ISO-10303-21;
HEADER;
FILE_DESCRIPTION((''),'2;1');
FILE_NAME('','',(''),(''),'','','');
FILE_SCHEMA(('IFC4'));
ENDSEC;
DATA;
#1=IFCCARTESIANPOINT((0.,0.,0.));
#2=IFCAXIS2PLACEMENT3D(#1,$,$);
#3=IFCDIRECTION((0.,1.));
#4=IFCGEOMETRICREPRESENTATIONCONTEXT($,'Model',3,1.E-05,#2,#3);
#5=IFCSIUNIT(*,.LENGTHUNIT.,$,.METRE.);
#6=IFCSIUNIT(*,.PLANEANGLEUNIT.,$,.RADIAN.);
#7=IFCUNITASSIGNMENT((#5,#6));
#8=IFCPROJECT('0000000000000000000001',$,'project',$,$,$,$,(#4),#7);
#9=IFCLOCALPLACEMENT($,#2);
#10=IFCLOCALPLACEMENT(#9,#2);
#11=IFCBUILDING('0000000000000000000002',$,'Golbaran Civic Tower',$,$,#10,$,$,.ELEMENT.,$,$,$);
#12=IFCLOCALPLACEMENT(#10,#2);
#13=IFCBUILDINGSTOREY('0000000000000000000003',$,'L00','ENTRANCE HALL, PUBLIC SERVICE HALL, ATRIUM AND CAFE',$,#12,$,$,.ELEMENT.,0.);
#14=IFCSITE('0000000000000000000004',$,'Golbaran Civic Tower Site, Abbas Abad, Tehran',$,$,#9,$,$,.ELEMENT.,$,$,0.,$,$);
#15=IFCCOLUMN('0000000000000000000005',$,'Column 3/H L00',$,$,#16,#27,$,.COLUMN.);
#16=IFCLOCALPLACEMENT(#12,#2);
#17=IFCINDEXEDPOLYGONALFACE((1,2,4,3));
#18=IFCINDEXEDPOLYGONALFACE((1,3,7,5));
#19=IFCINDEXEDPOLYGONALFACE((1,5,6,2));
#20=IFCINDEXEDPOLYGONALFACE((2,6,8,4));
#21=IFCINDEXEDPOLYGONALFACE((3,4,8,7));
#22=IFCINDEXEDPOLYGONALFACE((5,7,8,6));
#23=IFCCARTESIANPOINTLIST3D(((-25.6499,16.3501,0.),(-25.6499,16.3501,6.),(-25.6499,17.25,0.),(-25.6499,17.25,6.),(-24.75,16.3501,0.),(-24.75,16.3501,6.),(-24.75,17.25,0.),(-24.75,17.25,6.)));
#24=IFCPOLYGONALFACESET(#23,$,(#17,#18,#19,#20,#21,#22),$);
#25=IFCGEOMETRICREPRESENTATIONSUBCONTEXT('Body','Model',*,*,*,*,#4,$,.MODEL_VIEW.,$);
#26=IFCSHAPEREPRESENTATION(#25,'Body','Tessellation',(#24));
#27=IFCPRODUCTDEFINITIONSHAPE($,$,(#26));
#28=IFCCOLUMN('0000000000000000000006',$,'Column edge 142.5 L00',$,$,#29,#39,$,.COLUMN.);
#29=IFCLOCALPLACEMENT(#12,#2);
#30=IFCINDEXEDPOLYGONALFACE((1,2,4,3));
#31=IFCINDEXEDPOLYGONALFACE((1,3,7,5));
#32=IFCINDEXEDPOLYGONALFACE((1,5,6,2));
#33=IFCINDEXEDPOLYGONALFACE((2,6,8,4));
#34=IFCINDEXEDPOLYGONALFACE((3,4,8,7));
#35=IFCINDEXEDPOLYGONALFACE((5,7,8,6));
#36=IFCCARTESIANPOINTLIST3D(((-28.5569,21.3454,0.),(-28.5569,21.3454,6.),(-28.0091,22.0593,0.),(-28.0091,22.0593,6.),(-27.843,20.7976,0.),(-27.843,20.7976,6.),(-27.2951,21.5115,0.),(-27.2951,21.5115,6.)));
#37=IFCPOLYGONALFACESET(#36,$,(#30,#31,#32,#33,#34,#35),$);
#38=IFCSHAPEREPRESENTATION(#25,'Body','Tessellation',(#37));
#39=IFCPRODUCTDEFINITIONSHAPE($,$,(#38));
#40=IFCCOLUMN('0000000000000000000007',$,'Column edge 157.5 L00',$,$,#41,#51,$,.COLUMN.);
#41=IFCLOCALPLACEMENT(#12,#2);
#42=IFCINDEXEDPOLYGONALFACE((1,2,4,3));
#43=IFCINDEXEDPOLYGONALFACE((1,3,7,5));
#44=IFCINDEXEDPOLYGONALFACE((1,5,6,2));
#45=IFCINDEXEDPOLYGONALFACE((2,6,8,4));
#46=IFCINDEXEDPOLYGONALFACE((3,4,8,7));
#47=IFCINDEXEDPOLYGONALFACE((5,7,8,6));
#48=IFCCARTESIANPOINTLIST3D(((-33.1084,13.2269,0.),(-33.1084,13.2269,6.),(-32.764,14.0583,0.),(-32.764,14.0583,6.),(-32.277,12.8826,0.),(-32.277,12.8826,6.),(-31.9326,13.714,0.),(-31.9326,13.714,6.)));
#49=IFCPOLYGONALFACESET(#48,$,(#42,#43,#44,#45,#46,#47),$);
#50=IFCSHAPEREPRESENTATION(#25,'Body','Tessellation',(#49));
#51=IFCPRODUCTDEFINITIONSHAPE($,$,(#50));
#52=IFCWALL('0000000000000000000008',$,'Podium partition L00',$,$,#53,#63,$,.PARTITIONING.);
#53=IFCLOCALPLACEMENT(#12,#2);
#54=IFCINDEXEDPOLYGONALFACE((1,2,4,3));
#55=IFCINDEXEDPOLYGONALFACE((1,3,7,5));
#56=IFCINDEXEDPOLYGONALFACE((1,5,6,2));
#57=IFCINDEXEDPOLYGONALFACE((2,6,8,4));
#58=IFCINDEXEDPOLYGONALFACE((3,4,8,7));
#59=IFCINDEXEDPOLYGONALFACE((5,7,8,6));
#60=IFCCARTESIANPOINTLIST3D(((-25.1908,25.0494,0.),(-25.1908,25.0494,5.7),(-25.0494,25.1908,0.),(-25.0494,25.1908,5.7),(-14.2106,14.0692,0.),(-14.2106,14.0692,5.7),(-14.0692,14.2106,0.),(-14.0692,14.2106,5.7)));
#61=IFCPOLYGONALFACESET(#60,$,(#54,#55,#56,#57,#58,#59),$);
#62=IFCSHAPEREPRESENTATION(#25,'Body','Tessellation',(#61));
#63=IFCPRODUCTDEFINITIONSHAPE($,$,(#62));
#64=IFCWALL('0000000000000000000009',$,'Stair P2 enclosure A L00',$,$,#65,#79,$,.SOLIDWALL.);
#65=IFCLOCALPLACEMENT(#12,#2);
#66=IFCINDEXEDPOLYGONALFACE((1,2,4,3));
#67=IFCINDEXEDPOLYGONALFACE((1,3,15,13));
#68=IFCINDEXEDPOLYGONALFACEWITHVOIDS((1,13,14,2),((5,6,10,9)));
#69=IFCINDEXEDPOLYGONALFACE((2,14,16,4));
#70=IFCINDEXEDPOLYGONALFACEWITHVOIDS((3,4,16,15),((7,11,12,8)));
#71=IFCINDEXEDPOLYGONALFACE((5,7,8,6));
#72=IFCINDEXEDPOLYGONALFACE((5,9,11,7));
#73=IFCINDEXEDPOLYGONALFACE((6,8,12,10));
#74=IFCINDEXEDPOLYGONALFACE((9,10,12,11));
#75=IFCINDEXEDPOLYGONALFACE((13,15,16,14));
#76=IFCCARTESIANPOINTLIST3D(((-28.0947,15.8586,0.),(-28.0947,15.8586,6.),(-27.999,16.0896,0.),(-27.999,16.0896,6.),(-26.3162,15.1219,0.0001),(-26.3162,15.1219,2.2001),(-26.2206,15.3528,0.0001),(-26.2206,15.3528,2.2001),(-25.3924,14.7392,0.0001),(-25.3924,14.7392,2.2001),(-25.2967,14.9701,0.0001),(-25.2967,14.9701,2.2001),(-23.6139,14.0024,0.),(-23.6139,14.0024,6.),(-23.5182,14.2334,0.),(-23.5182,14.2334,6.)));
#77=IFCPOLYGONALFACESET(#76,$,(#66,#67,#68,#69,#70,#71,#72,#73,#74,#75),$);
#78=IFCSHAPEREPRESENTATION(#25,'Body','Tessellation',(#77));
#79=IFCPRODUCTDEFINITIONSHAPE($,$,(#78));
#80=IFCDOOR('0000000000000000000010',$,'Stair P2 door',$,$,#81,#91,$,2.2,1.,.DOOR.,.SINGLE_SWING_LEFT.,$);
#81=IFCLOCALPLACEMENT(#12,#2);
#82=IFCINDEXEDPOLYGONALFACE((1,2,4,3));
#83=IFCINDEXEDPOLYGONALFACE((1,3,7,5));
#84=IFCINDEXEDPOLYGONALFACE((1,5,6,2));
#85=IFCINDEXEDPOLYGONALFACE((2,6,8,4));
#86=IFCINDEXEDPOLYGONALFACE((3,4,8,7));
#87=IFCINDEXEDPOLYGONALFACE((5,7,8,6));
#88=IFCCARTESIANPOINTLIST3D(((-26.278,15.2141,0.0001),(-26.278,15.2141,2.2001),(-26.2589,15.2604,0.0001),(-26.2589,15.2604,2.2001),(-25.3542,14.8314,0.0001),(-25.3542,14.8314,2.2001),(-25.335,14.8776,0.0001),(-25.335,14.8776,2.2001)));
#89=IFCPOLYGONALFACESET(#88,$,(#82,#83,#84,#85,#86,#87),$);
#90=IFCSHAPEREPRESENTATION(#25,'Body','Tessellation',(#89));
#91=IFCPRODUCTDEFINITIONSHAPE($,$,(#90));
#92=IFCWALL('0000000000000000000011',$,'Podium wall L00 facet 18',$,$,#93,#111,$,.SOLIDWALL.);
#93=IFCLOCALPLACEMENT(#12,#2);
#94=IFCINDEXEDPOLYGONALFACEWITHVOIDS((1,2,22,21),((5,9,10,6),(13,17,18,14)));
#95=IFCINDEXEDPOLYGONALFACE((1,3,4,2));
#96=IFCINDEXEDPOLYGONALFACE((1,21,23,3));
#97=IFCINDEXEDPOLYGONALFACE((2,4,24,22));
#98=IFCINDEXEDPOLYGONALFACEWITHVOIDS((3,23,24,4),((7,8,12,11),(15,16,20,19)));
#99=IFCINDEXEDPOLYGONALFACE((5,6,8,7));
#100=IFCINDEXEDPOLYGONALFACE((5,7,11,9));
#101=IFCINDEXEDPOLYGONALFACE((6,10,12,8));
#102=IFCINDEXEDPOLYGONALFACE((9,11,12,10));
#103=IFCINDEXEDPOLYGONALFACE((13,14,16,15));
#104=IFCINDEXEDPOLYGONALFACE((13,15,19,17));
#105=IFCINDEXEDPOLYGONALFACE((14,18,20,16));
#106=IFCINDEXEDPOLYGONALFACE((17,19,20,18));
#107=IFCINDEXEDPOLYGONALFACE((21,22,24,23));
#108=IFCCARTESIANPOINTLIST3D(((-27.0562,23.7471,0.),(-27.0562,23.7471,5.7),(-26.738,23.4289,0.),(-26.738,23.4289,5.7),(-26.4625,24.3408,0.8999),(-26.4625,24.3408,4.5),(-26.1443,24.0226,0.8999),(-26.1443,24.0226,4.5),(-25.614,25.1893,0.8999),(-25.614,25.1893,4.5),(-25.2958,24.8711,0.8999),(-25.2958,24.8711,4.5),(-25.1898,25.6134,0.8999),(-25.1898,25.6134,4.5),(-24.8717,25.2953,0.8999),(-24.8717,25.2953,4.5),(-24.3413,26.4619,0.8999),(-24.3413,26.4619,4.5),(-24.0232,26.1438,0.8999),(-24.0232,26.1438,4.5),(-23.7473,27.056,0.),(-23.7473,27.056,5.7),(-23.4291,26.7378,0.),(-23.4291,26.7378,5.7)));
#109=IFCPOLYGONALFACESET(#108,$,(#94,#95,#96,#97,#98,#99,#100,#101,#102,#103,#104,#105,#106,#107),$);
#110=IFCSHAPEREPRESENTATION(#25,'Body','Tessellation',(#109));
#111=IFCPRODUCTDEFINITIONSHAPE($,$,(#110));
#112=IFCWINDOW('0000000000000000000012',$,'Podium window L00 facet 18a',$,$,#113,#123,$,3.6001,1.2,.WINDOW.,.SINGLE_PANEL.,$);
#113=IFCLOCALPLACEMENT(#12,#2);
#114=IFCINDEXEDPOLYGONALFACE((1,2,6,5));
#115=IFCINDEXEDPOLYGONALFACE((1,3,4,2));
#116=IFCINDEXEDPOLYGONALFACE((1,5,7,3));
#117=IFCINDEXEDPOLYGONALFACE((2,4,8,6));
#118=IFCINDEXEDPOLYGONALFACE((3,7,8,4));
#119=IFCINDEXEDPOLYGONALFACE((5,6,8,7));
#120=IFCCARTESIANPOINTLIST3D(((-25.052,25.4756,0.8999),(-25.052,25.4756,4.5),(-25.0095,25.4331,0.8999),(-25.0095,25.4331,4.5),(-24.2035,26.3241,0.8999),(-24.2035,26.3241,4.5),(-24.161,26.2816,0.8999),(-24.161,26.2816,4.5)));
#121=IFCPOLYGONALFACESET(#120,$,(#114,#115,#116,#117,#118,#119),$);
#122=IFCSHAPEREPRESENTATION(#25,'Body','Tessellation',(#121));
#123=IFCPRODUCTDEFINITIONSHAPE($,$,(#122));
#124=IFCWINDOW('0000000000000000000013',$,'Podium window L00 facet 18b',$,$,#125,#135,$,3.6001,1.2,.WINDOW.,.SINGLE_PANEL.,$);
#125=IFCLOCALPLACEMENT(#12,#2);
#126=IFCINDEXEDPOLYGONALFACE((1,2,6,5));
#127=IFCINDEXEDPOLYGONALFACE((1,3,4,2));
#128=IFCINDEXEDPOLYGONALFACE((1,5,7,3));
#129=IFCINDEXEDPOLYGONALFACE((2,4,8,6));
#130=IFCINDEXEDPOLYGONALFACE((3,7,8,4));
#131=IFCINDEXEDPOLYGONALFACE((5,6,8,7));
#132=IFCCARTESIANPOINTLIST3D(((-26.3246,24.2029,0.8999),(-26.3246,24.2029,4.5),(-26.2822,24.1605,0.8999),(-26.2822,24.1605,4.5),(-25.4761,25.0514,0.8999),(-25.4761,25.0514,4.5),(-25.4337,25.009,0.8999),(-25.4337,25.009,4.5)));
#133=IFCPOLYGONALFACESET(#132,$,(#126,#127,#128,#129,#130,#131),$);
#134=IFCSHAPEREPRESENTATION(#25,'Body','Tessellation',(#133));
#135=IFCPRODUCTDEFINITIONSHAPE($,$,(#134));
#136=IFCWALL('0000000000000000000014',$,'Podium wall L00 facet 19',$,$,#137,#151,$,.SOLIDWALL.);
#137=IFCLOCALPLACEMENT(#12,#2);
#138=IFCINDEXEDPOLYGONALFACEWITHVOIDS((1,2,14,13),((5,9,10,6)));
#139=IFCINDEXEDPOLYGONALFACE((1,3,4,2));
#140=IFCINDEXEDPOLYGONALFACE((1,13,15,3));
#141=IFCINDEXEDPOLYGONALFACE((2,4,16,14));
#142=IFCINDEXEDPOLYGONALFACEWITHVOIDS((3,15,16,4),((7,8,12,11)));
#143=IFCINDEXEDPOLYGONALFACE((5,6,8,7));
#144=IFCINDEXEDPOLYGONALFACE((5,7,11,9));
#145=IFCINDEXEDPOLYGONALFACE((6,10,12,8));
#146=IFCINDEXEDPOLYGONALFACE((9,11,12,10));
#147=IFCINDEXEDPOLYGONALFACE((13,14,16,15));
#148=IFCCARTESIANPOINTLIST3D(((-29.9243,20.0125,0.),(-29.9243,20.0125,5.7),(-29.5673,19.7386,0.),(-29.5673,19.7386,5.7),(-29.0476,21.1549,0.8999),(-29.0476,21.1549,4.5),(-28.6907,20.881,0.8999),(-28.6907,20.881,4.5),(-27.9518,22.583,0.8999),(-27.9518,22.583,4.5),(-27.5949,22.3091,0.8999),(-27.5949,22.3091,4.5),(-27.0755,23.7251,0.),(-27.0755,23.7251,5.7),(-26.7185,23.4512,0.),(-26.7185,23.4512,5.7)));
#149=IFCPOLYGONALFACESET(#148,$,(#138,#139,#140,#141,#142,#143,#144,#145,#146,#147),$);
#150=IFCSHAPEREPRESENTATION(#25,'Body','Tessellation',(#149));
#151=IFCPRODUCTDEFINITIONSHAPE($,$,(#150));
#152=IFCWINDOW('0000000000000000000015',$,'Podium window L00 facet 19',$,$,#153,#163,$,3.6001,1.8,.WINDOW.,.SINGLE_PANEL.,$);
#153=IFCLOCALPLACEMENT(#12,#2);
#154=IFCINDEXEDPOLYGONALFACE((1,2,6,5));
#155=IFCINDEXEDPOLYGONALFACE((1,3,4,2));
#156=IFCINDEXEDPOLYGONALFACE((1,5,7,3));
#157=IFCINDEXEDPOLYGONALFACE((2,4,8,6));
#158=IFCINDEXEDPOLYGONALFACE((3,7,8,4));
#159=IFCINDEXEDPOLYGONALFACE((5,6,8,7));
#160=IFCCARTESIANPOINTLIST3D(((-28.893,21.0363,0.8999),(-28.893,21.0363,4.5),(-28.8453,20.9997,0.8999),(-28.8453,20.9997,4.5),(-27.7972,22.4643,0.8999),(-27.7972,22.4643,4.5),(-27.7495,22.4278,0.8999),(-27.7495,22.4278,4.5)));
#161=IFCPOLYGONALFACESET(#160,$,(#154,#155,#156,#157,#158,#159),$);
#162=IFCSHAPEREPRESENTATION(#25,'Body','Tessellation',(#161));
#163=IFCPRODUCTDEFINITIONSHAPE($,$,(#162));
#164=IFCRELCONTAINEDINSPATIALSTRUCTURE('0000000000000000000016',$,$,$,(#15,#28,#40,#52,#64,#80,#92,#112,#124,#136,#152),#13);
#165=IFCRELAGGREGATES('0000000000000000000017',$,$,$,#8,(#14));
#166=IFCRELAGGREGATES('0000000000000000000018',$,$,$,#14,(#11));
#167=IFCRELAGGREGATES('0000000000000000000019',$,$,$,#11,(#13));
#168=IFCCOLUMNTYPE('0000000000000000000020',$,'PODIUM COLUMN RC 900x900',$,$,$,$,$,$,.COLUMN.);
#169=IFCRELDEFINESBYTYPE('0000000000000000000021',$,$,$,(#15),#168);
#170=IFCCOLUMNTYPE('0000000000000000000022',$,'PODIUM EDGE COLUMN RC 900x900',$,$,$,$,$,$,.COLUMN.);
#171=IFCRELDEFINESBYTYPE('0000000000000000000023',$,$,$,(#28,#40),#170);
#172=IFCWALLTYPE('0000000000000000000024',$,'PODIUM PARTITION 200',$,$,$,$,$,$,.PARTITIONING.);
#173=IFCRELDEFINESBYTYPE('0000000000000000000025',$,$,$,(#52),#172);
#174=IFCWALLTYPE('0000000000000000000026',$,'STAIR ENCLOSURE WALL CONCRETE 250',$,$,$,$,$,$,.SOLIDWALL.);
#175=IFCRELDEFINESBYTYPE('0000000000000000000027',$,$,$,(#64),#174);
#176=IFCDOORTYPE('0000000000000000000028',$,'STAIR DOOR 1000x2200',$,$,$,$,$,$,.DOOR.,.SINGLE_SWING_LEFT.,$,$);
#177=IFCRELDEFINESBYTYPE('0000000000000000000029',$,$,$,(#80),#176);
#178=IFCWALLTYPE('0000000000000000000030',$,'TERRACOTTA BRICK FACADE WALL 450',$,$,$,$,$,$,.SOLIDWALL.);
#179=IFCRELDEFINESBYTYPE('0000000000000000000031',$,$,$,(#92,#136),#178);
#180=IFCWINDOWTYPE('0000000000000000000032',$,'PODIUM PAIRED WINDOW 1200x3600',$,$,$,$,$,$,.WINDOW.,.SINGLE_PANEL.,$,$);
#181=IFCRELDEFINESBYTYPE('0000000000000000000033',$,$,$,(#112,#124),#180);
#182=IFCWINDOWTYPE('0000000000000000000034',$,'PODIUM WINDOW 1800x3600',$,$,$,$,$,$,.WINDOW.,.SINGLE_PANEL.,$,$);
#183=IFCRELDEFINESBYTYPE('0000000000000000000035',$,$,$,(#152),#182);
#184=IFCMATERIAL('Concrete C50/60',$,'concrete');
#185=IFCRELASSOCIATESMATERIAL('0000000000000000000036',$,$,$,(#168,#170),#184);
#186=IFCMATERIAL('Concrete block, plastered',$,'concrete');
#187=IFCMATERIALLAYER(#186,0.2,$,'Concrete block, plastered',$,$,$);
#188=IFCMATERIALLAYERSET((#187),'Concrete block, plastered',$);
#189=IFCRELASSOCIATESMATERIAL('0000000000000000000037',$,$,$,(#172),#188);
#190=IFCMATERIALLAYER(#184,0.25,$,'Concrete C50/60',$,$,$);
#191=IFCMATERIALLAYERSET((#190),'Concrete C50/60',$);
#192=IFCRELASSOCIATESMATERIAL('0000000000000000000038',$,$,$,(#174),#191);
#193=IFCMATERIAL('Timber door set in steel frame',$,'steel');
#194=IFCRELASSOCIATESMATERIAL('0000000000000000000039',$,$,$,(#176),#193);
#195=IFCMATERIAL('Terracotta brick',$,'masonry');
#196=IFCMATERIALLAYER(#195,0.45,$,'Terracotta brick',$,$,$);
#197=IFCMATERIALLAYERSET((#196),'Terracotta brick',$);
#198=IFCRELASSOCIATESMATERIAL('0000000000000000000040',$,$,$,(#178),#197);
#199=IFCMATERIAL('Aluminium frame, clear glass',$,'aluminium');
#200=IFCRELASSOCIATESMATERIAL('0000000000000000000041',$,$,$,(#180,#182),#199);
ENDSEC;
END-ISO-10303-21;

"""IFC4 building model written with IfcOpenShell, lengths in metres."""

from ifc_helpers import new_model, si_unit, direction, frame, frame_2d, origin, origin_2d, place, context, subcontext, project, spatial, rectangle, extrude, material, layer, layer_set, material_profile, profile_set, type_object, element, fill, save


model = new_model("IFC4")

# Units and contexts
model_context = context("Model", 3, precision=1e-05, world=origin(), true_north=direction((0.0, 1.0)))
body_context = subcontext(model_context, "Body", "Model", "MODEL_VIEW")
ifc_project = project(units=[si_unit("LENGTHUNIT", "METRE"), si_unit("PLANEANGLEUNIT", "RADIAN")], contexts=[model_context])

# Site, building, storey
site_placement = place(None, origin())
site = spatial("IfcSite", under=ifc_project, at=site_placement, Name="Golbaran Civic Tower Site, Abbas Abad, Tehran", CompositionType="ELEMENT", RefElevation=0.0)
building_placement = place(site_placement, origin())
building = spatial("IfcBuilding", under=site, at=building_placement, Name="Golbaran Civic Tower", CompositionType="ELEMENT")
storey_placement = place(building_placement, origin())
storey = spatial("IfcBuildingStorey", under=building, at=storey_placement, Name="L00", Description="ENTRANCE HALL, PUBLIC SERVICE HALL, ATRIUM AND CAFE", CompositionType="ELEMENT", Elevation=0.0)

# Columns
ifc_material_1 = material(Name="Concrete C50/60", Category="concrete")
ifc_material_profile_1 = material_profile(ifc_material_1, rectangle(XDim=0.8999, YDim=0.8999, at=origin_2d()), Name="RC 900x900")
ifc_profile_set_1 = profile_set([ifc_material_profile_1], Name="Concrete C50/60")
column_type_1 = type_object("IfcColumnType", Name="PODIUM COLUMN RC 900x900", PredefinedType="COLUMN", material=ifc_profile_set_1)
column_placement = place(storey_placement, frame((-25.2, 16.8, 0.0), z_axis=(0.0, 0.0, 1.0), x_axis=(1.0, 0.0, 0.0)))
element("IfcColumn", 1, at=column_placement, inside=storey, type_object=column_type_1, Name="Column 3/H L00", PredefinedType="COLUMN", context=body_context, shape_type="SweptSolid", body=[
    extrude(rectangle(XDim=0.8999, YDim=0.8999, at=origin_2d()), origin(), (0.0, 0.0, 1.0), 6.0),
])
ifc_material_profile_2 = material_profile(ifc_material_1, rectangle(XDim=0.8999, YDim=0.8999, at=origin_2d()), Name="RC 900x900")
ifc_profile_set_2 = profile_set([ifc_material_profile_2], Name="Concrete C50/60")
column_type_2 = type_object("IfcColumnType", Name="PODIUM EDGE COLUMN RC 900x900", PredefinedType="COLUMN", material=ifc_profile_set_2)
for number, where, z_axis, x_axis, name in (
    (2, (-27.926, 21.4285, 0.0), (0.0, 0.0, 1.0), (-0.793353, 0.608761, 0.0), "Column edge 142.5 L00"),
    (3, (-32.5205, 13.4705, 0.0), (0.0, 0.0, 1.0), (-0.92388, 0.382683, 0.0), "Column edge 157.5 L00"),
):
    element("IfcColumn", number, at=place(storey_placement, frame(where, z_axis=z_axis, x_axis=x_axis)), inside=storey, type_object=column_type_2, Name=name, PredefinedType="COLUMN", context=body_context, shape_type="SweptSolid", body=[
        extrude(rectangle(XDim=0.8999, YDim=0.8999, at=origin_2d()), origin(), (0.0, 0.0, 1.0), 6.0),
    ])

# Wall
ifc_material_2 = material(Name="Concrete block, plastered", Category="concrete")
ifc_layer_1 = layer(ifc_material_2, 0.2, Name="Concrete block, plastered")
ifc_layer_set_1 = layer_set([ifc_layer_1], Name="Concrete block, plastered")
wall_type_1 = type_object("IfcWallType", Name="PODIUM PARTITION 200", PredefinedType="PARTITIONING", material=ifc_layer_set_1)
wall_1_placement = place(storey_placement, frame((-25.1201, 25.1201, 0.0), z_axis=(0.0, 0.0, 1.0), x_axis=(0.707107, -0.707107, 0.0)))
element("IfcWall", 4, at=wall_1_placement, inside=storey, type_object=wall_type_1, Name="Podium partition L00", PredefinedType="PARTITIONING", context=body_context, shape_type="SweptSolid", body=[
    extrude(rectangle(XDim=15.5283, YDim=0.2, at=frame_2d((7.7642, 0.0))), origin(), (0.0, 0.0, 1.0), 5.7),
])

# Wall, opening, door
ifc_layer_2 = layer(ifc_material_1, 0.25, Name="Concrete C50/60")
ifc_layer_set_2 = layer_set([ifc_layer_2], Name="Concrete C50/60")
wall_type_2 = type_object("IfcWallType", Name="STAIR ENCLOSURE WALL CONCRETE 250", PredefinedType="SOLIDWALL", material=ifc_layer_set_2)
wall_2_placement = place(storey_placement, frame((-28.0469, 15.9741, 0.0), z_axis=(0.0, 0.0, 1.0), x_axis=(0.923863, -0.382724, 0.0)))
wall_2 = element("IfcWall", 5, at=wall_2_placement, inside=storey, type_object=wall_type_2, Name="Stair P2 enclosure A L00", PredefinedType="SOLIDWALL", context=body_context, shape_type="SweptSolid", body=[
    extrude(rectangle(XDim=4.8501, YDim=0.25, at=frame_2d((2.425, 0.0))), origin(), (0.0, 0.0, 1.0), 6.0),
])
opening_1_placement = place(wall_2_placement, frame((1.925, 0.0, 0.0)))
opening_1 = element("IfcOpeningElement", 6, at=opening_1_placement, cuts=wall_2, PredefinedType="OPENING", context=body_context, shape_type="SweptSolid", body=[
    extrude(rectangle(XDim=1.0, YDim=2.2, at=frame_2d((0.5, 1.1001))), frame((0.0, 0.135, 0.0), z_axis=(0.0, -1.0, 0.0), x_axis=(1.0, 0.0, 0.0)), (0.0, 0.0, 1.0), 0.27),
])
ifc_material_3 = material(Name="Timber door set in steel frame", Category="steel")
door_type_1 = type_object("IfcDoorType", Name="STAIR DOOR 1000x2200", OperationType="SINGLE_SWING_LEFT", PredefinedType="DOOR", material=ifc_material_3)
door_1_placement = place(opening_1_placement, origin())
door_1 = element("IfcDoor", 7, at=door_1_placement, inside=storey, type_object=door_type_1, Name="Stair P2 door", OperationType="SINGLE_SWING_LEFT", OverallHeight=2.2, OverallWidth=1.0, PredefinedType="DOOR", context=body_context, shape_type="SweptSolid", body=[
    extrude(rectangle(XDim=1.0, YDim=2.2, at=frame_2d((0.5, 1.1001))), frame((0.0, 0.0249, 0.0), z_axis=(0.0, -1.0, 0.0), x_axis=(1.0, 0.0, 0.0)), (0.0, 0.0, 1.0), 0.05),
])
fill(opening_1, door_1)

# Wall, openings, windows
ifc_material_4 = material(Name="Terracotta brick", Category="masonry")
ifc_layer_3 = layer(ifc_material_4, 0.45, Name="Terracotta brick")
ifc_layer_set_3 = layer_set([ifc_layer_3], Name="Terracotta brick")
wall_type_3 = type_object("IfcWallType", Name="TERRACOTTA BRICK FACADE WALL 450", PredefinedType="SOLIDWALL", material=ifc_layer_set_3)
wall_3_placement = place(storey_placement, frame((-23.5881, 26.897, 0.0), z_axis=(0.0, 0.0, 1.0), x_axis=(-0.707107, -0.707107, 0.0)))
wall_3 = element("IfcWall", 8, at=wall_3_placement, inside=storey, type_object=wall_type_3, Name="Podium wall L00 facet 18", PredefinedType="SOLIDWALL", context=body_context, shape_type="SweptSolid", body=[
    extrude(rectangle(XDim=4.6794, YDim=0.45, at=frame_2d((2.3398, 0.0))), origin(), (0.0, 0.0, 1.0), 5.7),
])
opening_2_placement = place(wall_3_placement, frame((0.8401, 0.0, 0.8999)))
opening_2 = element("IfcOpeningElement", 9, at=opening_2_placement, cuts=wall_3, PredefinedType="OPENING", context=body_context, shape_type="SweptSolid", body=[
    extrude(rectangle(XDim=1.2, YDim=3.6001, at=frame_2d((0.6001, 1.8))), frame((0.0, 0.2349, 0.0), z_axis=(0.0, -1.0, 0.0), x_axis=(1.0, 0.0, 0.0)), (0.0, 0.0, 1.0), 0.47),
])
opening_3_placement = place(wall_3_placement, frame((2.6399, 0.0, 0.8999)))
opening_3 = element("IfcOpeningElement", 10, at=opening_3_placement, cuts=wall_3, PredefinedType="OPENING", context=body_context, shape_type="SweptSolid", body=[
    extrude(rectangle(XDim=1.2, YDim=3.6001, at=frame_2d((0.6001, 1.8))), frame((0.0, 0.2349, 0.0), z_axis=(0.0, -1.0, 0.0), x_axis=(1.0, 0.0, 0.0)), (0.0, 0.0, 1.0), 0.47),
])
ifc_material_5 = material(Name="Aluminium frame, clear glass", Category="aluminium")
window_type_1 = type_object("IfcWindowType", Name="PODIUM PAIRED WINDOW 1200x3600", PartitioningType="SINGLE_PANEL", PredefinedType="WINDOW", material=ifc_material_5)
window_1_placement = place(opening_2_placement, origin())
window_1 = element("IfcWindow", 11, at=window_1_placement, inside=storey, type_object=window_type_1, Name="Podium window L00 facet 18a", OverallHeight=3.6001, OverallWidth=1.2, PartitioningType="SINGLE_PANEL", PredefinedType="WINDOW", context=body_context, shape_type="SweptSolid", body=[
    extrude(rectangle(XDim=1.2, YDim=3.6001, at=frame_2d((0.6001, 1.8))), frame((0.0, 0.03, 0.0), z_axis=(0.0, -1.0, 0.0), x_axis=(1.0, 0.0, 0.0)), (0.0, 0.0, 1.0), 0.0601),
])
fill(opening_2, window_1)
window_2_placement = place(opening_3_placement, origin())
window_2 = element("IfcWindow", 12, at=window_2_placement, inside=storey, type_object=window_type_1, Name="Podium window L00 facet 18b", OverallHeight=3.6001, OverallWidth=1.2, PartitioningType="SINGLE_PANEL", PredefinedType="WINDOW", context=body_context, shape_type="SweptSolid", body=[
    extrude(rectangle(XDim=1.2, YDim=3.6001, at=frame_2d((0.6001, 1.8))), frame((0.0, 0.03, 0.0), z_axis=(0.0, -1.0, 0.0), x_axis=(1.0, 0.0, 0.0)), (0.0, 0.0, 1.0), 0.0601),
])
fill(opening_3, window_2)

# Wall, opening, window
wall_4_placement = place(storey_placement, frame((-26.897, 23.5881, 0.0), z_axis=(0.0, 0.0, 1.0), x_axis=(-0.60877, -0.793347, 0.0)))
wall_4 = element("IfcWall", 13, at=wall_4_placement, inside=storey, type_object=wall_type_3, Name="Podium wall L00 facet 19", PredefinedType="SOLIDWALL", context=body_context, shape_type="SweptSolid", body=[
    extrude(rectangle(XDim=4.6797, YDim=0.45, at=frame_2d((2.3398, 0.0))), origin(), (0.0, 0.0, 1.0), 5.7),
])
opening_4_placement = place(wall_4_placement, frame((1.4397, 0.0, 0.8999)))
opening_4 = element("IfcOpeningElement", 14, at=opening_4_placement, cuts=wall_4, PredefinedType="OPENING", context=body_context, shape_type="SweptSolid", body=[
    extrude(rectangle(XDim=1.8, YDim=3.6001, at=frame_2d((0.8999, 1.8))), frame((0.0, 0.2349, 0.0), z_axis=(0.0, -1.0, 0.0), x_axis=(1.0, 0.0, 0.0)), (0.0, 0.0, 1.0), 0.47),
])
window_type_2 = type_object("IfcWindowType", Name="PODIUM WINDOW 1800x3600", PartitioningType="SINGLE_PANEL", PredefinedType="WINDOW", material=ifc_material_5)
window_3_placement = place(opening_4_placement, origin())
window_3 = element("IfcWindow", 15, at=window_3_placement, inside=storey, type_object=window_type_2, Name="Podium window L00 facet 19", OverallHeight=3.6001, OverallWidth=1.8, PartitioningType="SINGLE_PANEL", PredefinedType="WINDOW", context=body_context, shape_type="SweptSolid", body=[
    extrude(rectangle(XDim=1.8, YDim=3.6001, at=frame_2d((0.8999, 1.8))), frame((0.0, 0.03, 0.0), z_axis=(0.0, -1.0, 0.0), x_axis=(1.0, 0.0, 0.0)), (0.0, 0.0, 1.0), 0.0601),
])
fill(opening_4, window_3)

save(model, "model.ifc")
